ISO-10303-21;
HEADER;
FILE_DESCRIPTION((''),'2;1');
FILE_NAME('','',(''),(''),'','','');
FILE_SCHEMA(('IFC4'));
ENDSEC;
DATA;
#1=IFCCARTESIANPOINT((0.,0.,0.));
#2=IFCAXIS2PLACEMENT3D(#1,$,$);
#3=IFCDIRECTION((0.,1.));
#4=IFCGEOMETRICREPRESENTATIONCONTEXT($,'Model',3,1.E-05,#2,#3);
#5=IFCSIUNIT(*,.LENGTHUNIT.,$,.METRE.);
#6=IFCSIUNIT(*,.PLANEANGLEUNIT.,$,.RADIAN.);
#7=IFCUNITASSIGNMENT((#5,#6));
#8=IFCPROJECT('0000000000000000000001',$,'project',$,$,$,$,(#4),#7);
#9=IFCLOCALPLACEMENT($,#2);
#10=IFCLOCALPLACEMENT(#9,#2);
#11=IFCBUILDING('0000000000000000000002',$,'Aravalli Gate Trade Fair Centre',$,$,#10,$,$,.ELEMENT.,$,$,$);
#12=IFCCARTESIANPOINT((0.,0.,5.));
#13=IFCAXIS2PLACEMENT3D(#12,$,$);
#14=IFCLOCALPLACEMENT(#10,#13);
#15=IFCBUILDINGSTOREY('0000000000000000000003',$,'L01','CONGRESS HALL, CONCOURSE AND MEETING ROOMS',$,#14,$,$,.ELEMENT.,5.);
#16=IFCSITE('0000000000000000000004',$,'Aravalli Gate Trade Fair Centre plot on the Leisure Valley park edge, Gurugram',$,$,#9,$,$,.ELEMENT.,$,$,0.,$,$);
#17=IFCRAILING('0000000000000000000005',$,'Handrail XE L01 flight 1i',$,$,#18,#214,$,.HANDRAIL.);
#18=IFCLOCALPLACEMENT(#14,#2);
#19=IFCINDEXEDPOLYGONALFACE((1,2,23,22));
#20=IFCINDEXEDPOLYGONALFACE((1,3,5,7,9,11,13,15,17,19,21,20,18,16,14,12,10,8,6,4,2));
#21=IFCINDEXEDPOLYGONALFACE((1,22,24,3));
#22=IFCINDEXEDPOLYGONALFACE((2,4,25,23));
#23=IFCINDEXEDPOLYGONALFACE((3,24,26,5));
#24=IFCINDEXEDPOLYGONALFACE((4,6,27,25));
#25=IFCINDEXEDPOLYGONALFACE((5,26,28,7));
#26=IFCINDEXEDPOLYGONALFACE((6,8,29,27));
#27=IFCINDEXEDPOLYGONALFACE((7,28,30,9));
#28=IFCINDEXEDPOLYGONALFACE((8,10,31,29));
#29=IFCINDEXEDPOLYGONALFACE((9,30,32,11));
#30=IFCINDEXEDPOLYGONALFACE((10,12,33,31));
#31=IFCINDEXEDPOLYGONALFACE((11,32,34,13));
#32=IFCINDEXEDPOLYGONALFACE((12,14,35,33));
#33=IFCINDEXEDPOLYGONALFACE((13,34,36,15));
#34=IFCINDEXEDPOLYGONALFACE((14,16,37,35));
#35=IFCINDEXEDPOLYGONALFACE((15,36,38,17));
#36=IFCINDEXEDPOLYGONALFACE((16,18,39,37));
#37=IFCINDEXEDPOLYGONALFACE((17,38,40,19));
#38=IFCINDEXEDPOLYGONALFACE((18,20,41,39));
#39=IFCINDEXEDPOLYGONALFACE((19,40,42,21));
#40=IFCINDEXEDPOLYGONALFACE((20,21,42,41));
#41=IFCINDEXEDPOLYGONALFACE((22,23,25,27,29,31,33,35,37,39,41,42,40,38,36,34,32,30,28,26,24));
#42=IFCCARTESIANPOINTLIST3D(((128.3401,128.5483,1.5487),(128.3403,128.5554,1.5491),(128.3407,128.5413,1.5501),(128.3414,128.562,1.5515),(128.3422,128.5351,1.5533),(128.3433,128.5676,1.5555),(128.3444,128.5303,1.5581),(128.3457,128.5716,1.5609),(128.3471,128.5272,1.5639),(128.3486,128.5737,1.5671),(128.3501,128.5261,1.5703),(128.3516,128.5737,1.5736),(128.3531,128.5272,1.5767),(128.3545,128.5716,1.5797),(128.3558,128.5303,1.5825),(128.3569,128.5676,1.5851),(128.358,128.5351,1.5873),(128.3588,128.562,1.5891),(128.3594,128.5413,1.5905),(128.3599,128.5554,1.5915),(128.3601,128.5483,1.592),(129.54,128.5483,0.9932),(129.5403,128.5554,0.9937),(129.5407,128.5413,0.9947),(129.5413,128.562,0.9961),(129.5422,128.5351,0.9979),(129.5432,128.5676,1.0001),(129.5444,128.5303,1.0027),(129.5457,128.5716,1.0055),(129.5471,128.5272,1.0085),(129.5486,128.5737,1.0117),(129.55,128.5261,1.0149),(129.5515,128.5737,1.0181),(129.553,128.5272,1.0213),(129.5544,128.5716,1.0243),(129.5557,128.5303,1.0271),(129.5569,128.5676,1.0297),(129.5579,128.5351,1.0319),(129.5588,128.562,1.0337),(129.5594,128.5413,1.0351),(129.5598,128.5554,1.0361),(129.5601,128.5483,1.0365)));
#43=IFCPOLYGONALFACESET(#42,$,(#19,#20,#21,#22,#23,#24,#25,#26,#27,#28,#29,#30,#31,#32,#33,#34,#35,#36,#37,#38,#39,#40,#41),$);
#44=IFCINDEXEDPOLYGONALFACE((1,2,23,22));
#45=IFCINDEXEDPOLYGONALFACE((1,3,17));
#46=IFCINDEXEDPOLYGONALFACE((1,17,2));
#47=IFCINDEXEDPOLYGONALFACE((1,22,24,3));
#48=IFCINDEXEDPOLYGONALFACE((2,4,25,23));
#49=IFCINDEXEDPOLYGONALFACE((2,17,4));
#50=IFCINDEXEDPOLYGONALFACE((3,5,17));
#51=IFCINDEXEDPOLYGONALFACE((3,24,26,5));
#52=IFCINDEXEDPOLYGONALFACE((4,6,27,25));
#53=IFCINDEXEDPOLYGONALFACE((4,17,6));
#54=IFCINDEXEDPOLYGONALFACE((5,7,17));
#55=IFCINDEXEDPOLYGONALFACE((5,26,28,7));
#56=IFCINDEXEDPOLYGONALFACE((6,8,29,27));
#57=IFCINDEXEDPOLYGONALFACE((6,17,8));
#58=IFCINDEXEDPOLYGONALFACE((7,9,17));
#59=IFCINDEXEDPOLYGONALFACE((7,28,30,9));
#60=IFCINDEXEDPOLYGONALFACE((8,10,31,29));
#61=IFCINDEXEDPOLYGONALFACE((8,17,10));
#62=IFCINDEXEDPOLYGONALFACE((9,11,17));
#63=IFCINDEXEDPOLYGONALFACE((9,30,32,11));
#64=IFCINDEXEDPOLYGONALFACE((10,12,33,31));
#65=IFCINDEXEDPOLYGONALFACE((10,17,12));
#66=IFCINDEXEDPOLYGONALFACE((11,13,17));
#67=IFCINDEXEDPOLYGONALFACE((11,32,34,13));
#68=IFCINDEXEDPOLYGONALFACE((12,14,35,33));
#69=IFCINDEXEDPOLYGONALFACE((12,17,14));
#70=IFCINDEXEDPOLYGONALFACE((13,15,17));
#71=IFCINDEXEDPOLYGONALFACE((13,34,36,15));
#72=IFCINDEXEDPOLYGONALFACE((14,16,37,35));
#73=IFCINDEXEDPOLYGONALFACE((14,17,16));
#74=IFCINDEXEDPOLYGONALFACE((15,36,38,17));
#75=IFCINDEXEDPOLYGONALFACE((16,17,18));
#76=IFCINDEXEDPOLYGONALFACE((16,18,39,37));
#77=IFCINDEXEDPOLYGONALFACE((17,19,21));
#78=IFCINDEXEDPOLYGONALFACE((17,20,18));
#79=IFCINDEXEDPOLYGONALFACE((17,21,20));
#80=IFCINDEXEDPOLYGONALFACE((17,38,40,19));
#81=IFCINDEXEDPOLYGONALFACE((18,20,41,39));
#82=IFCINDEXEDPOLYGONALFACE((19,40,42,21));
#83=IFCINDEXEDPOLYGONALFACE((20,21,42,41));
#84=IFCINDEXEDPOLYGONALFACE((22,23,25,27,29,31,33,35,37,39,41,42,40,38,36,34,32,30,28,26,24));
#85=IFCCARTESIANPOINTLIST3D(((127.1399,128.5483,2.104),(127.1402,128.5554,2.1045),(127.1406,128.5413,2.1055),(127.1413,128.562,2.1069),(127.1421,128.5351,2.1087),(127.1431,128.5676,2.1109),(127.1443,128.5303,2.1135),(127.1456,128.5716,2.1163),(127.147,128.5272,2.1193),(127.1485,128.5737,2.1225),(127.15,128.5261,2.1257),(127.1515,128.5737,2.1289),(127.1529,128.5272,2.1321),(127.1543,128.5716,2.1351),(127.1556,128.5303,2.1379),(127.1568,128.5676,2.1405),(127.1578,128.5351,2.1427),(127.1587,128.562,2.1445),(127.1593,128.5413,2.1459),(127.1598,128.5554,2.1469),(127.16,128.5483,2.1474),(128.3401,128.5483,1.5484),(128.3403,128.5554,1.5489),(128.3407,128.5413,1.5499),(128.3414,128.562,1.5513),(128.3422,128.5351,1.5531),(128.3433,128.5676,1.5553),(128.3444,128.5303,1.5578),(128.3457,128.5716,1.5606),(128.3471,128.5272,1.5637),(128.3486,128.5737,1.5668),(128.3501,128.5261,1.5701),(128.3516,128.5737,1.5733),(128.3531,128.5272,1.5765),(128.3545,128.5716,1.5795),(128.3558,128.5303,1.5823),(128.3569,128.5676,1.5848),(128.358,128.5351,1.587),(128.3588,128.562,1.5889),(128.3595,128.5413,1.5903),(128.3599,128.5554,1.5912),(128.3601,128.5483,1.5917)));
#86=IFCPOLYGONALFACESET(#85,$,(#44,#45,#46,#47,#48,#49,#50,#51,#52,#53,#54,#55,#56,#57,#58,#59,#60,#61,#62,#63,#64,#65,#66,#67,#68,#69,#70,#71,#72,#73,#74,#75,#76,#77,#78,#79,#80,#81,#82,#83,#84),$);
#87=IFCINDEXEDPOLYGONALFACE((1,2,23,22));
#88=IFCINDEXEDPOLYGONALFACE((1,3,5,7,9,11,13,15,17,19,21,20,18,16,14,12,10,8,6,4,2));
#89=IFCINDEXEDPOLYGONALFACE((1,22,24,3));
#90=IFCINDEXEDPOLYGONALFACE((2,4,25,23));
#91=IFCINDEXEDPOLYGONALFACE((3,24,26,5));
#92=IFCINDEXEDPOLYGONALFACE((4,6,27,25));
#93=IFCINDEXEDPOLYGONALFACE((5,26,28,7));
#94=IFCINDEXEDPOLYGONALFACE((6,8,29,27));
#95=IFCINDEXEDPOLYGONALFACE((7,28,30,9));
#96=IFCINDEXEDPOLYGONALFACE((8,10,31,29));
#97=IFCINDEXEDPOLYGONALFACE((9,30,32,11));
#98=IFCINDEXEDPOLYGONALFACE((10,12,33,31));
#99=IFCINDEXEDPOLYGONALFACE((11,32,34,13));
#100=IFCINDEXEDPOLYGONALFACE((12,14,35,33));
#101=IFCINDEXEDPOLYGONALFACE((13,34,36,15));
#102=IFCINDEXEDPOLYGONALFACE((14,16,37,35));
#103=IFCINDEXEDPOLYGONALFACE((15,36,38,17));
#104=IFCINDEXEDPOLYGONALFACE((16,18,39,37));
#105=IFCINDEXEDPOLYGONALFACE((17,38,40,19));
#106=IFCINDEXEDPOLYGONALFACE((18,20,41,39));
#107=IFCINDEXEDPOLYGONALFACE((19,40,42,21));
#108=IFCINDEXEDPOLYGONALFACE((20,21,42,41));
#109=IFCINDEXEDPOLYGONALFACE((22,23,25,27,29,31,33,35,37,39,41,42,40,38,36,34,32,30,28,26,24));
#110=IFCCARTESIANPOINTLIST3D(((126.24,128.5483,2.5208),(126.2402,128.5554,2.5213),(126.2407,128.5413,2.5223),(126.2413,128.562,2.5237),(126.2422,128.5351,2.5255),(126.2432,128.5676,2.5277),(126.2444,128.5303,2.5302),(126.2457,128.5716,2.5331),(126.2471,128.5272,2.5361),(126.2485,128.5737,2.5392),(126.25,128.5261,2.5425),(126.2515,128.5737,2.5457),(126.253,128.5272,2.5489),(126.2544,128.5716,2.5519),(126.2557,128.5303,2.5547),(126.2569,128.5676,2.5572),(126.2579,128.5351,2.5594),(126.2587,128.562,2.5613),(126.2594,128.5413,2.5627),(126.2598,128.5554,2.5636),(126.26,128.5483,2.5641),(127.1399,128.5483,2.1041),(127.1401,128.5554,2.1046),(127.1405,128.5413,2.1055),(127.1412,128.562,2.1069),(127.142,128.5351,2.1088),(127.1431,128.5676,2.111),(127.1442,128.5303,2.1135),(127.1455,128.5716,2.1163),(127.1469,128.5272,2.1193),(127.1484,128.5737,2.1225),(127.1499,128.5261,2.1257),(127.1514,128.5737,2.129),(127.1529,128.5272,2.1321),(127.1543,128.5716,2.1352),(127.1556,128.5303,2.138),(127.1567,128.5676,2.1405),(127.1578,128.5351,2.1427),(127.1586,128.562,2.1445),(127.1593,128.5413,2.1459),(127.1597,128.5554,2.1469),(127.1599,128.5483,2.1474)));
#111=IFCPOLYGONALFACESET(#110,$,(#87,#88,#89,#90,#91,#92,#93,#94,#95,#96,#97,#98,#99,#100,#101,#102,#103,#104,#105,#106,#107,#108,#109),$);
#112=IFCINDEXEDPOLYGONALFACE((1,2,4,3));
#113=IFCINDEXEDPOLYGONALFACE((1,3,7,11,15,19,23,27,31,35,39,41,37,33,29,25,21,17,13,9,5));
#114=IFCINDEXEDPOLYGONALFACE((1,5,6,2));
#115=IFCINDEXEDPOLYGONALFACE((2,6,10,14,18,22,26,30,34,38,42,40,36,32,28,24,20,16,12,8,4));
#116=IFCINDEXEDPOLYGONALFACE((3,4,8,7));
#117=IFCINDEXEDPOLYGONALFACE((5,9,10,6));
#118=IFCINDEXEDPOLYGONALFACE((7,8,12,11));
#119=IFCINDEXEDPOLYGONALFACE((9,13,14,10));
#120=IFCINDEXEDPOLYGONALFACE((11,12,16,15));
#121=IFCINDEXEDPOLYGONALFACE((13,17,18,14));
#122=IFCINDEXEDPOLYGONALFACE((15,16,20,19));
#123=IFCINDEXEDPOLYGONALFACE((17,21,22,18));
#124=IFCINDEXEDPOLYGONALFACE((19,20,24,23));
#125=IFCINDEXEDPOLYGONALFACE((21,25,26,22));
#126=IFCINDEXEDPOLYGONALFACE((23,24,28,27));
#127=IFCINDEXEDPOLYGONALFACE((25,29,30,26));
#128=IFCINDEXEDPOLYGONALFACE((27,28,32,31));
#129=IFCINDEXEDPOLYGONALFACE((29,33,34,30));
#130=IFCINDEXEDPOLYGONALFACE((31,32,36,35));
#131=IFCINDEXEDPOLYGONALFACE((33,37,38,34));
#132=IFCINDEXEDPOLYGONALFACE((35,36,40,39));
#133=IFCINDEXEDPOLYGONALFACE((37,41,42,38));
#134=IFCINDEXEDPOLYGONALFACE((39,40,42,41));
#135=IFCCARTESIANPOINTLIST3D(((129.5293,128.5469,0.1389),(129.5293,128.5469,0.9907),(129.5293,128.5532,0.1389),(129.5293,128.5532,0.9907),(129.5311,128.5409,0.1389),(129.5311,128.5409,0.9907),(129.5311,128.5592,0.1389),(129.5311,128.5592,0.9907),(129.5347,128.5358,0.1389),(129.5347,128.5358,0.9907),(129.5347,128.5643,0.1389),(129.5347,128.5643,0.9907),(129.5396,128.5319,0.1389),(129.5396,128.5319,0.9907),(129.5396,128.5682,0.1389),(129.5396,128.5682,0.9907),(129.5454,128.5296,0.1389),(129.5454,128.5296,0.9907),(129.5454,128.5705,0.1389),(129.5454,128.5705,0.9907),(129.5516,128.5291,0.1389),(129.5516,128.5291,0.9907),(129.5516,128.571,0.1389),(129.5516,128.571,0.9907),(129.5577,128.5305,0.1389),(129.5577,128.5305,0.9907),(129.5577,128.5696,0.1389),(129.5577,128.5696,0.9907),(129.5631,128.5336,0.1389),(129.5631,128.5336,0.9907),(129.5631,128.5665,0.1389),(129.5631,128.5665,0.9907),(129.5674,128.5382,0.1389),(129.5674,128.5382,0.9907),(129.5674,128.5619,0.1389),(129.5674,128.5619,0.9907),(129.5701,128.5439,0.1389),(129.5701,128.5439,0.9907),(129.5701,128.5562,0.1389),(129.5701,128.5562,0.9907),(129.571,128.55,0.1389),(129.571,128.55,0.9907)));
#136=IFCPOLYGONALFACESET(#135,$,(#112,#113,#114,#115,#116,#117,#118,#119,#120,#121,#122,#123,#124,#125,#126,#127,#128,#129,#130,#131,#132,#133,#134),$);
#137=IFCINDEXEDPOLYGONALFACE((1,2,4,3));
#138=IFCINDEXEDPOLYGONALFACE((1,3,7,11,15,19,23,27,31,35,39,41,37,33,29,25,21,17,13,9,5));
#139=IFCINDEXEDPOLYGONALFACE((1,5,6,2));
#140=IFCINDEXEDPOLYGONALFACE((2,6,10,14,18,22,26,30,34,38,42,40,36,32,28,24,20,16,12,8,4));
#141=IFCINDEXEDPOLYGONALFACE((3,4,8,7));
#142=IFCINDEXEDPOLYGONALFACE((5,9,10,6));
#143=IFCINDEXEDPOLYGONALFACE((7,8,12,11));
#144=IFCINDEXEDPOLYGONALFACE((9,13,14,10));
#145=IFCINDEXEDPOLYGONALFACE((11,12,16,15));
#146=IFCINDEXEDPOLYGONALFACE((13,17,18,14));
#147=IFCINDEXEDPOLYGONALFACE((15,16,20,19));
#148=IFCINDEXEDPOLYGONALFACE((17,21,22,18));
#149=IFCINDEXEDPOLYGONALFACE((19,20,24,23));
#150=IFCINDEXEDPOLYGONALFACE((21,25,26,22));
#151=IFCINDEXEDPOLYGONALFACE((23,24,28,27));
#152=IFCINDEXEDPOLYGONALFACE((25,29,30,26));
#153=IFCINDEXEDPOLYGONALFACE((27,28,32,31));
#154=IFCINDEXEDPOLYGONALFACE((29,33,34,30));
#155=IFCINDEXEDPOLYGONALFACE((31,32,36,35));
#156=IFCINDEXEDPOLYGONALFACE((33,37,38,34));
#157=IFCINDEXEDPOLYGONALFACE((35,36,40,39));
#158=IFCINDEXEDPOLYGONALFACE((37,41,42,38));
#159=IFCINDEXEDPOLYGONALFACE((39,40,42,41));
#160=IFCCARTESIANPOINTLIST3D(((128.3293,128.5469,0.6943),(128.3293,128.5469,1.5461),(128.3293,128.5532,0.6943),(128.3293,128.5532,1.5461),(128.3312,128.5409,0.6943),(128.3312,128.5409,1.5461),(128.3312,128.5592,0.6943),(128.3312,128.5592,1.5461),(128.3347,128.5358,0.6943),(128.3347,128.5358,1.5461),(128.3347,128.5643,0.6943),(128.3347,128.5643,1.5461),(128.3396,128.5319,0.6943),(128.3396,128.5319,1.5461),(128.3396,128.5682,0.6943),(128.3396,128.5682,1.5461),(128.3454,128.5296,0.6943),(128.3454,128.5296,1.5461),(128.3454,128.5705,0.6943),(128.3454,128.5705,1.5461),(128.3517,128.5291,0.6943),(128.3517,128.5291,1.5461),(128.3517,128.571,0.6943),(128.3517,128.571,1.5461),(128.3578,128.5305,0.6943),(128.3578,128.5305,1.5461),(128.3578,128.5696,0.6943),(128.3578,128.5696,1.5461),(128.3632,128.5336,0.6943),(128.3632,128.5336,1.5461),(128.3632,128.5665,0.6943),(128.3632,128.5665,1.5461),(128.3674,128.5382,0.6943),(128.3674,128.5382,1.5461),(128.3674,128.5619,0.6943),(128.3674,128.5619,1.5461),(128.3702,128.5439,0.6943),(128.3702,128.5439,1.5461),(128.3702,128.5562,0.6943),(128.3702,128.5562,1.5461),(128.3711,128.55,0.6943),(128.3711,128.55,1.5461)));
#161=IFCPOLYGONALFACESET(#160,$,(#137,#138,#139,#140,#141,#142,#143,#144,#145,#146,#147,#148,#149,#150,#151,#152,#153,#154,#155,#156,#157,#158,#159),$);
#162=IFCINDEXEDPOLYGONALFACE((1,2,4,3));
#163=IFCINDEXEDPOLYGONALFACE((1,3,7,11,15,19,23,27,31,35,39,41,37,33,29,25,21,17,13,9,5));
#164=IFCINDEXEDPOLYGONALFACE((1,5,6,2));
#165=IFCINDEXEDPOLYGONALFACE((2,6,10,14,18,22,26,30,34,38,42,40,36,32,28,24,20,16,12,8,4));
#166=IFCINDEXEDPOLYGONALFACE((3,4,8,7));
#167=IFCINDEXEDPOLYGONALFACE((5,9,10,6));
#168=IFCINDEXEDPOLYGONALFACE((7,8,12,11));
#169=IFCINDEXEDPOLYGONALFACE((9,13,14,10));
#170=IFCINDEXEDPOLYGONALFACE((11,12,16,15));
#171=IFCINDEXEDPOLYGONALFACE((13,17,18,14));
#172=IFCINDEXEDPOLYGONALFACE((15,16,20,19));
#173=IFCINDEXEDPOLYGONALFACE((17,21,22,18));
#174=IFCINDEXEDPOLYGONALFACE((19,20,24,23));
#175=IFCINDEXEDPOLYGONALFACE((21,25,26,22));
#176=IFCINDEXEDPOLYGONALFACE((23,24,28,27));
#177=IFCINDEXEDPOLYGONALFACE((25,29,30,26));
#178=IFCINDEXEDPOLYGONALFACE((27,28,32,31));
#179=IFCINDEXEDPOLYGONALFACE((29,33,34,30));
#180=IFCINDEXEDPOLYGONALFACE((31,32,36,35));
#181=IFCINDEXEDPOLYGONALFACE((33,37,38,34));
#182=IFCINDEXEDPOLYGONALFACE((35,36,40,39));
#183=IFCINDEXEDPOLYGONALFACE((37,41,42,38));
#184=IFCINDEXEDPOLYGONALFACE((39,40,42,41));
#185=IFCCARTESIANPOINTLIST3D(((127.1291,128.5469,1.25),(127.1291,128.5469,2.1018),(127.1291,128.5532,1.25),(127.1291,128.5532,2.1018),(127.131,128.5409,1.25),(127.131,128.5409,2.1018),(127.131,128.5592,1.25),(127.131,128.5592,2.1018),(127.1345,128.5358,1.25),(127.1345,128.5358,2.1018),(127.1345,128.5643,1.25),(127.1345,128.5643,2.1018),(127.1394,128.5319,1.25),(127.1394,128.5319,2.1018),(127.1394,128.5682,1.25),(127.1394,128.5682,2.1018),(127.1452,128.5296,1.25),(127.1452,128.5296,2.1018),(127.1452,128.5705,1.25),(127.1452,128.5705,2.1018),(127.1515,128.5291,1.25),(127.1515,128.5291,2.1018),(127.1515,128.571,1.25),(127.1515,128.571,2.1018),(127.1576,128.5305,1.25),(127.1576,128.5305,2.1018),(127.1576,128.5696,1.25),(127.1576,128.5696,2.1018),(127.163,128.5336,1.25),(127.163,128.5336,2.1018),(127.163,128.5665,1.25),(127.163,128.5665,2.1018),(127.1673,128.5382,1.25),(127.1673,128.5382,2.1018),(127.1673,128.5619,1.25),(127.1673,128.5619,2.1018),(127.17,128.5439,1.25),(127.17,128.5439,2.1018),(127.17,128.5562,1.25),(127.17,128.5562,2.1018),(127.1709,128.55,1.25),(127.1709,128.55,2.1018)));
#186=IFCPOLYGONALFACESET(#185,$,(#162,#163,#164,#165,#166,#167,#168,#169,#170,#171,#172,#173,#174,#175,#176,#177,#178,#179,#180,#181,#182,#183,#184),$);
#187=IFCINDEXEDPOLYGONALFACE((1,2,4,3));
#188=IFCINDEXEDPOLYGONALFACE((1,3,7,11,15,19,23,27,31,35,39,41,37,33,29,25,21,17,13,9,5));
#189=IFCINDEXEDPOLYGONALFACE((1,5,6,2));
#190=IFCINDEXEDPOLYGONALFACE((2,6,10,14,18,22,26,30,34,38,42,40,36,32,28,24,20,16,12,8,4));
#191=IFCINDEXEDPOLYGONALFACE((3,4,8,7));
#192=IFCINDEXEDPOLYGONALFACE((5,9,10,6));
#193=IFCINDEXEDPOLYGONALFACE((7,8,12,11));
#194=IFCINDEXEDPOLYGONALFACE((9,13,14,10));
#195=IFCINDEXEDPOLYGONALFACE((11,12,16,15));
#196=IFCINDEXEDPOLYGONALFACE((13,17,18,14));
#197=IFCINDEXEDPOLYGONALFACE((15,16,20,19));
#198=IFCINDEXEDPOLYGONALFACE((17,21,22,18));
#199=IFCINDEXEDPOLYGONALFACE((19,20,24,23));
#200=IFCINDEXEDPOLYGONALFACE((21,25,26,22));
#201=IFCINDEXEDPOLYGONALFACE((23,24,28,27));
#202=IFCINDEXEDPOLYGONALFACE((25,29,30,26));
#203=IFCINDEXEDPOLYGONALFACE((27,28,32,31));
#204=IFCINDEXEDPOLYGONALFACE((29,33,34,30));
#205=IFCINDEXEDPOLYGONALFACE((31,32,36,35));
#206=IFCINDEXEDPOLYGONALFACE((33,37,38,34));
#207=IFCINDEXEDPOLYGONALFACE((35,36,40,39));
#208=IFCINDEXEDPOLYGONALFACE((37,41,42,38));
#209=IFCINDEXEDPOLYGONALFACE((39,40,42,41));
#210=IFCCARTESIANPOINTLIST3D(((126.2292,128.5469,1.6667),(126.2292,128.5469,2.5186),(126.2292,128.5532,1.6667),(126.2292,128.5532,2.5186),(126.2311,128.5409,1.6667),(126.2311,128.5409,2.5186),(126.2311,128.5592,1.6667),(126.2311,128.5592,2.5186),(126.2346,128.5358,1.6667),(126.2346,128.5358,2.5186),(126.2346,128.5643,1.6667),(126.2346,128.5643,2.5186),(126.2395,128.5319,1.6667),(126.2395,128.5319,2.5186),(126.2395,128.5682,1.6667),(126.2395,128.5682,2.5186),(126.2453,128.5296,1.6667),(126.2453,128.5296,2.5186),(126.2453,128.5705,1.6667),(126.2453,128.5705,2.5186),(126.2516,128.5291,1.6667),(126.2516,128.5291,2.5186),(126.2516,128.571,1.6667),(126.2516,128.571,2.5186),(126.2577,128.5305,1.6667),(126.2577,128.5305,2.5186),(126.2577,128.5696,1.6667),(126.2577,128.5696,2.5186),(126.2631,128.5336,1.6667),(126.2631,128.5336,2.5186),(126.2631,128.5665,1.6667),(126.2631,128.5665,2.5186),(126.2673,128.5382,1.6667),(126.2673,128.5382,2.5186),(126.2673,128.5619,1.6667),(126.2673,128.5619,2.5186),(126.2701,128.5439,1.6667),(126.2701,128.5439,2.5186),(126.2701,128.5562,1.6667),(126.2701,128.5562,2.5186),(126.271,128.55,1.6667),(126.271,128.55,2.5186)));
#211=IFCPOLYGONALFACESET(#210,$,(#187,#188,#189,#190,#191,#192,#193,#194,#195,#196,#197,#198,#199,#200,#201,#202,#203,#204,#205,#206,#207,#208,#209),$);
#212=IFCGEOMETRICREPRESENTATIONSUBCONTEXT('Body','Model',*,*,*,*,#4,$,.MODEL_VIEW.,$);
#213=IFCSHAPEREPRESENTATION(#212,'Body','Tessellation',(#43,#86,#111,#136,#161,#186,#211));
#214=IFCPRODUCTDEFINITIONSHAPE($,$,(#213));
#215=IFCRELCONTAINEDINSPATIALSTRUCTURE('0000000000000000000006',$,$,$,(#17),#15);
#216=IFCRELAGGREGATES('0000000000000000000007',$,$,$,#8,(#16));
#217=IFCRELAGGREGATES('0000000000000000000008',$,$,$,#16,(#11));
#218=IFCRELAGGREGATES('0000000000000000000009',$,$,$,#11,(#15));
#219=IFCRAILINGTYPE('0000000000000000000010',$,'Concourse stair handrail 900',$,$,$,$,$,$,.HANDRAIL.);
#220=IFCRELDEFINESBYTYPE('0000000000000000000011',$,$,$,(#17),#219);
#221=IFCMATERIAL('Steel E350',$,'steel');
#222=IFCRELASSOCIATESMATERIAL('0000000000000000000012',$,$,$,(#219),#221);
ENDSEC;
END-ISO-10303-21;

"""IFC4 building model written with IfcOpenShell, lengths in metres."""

from ifc_helpers import new_model, si_unit, direction, frame, origin, origin_2d, place, context, subcontext, project, spatial, circle, extrude, material, type_object, element, save


model = new_model("IFC4")

# Units and contexts
model_context = context("Model", 3, precision=1e-05, world=origin(), true_north=direction((0.0, 1.0)))
body_context = subcontext(model_context, "Body", "Model", "MODEL_VIEW")
ifc_project = project(units=[si_unit("LENGTHUNIT", "METRE"), si_unit("PLANEANGLEUNIT", "RADIAN")], contexts=[model_context])

# Site, building, storey
site_placement = place(None, origin())
site = spatial("IfcSite", under=ifc_project, at=site_placement, Name="Aravalli Gate Trade Fair Centre plot on the Leisure Valley park edge, Gurugram", CompositionType="ELEMENT", RefElevation=0.0)
building_placement = place(site_placement, origin())
building = spatial("IfcBuilding", under=site, at=building_placement, Name="Aravalli Gate Trade Fair Centre", CompositionType="ELEMENT")
storey_placement = place(building_placement, frame((0.0, 0.0, 5.0)))
storey = spatial("IfcBuildingStorey", under=building, at=storey_placement, Name="L01", Description="CONGRESS HALL, CONCOURSE AND MEETING ROOMS", CompositionType="ELEMENT", Elevation=5.0)

# Shared definitions
ifc_material_1 = material(Name="Steel E350", Category="steel")

# Railing
railing_type = type_object("IfcRailingType", Name="Concourse stair handrail 900", PredefinedType="HANDRAIL", material=ifc_material_1)
for number, where, name in (
    (1, (129.55, 128.55, 0.1389), "Handrail XE L01 flight 1i"),
):
    element("IfcRailing", number, at=place(storey_placement, frame(where)), inside=storey, type_object=railing_type, Name=name, PredefinedType="HANDRAIL", context=body_context, shape_type="SweptSolid", body=[
        extrude(circle(Radius=0.0239, at=origin_2d()), frame((0.0, 0.0, 0.876), z_axis=(-0.907499, 0.0, 0.420053), x_axis=(0.0, -1.0, 0.0)), (0.0, 0.0, 1.0), 1.3223),
        extrude(circle(Radius=0.0239, at=origin_2d()), frame((-1.2, 0.0, 1.4312), z_axis=(-0.907462, 0.0, 0.420135), x_axis=(0.0, -1.0, 0.0)), (0.0, 0.0, 1.0), 1.3225),
        extrude(circle(Radius=0.0239, at=origin_2d()), frame((-2.4001, 0.0, 1.9868), z_axis=(-0.907418, 0.0, 0.420229), x_axis=(0.0, -1.0, 0.0)), (0.0, 0.0, 1.0), 0.9917),
        extrude(circle(Radius=0.021, at=origin_2d()), origin(), (0.0, 0.0, 1.0), 0.8518),
        extrude(circle(Radius=0.021, at=origin_2d()), frame((-1.2, 0.0, 0.5554)), (0.0, 0.0, 1.0), 0.8518),
        extrude(circle(Radius=0.021, at=origin_2d()), frame((-2.4001, 0.0, 1.1111)), (0.0, 0.0, 1.0), 0.8518),
        extrude(circle(Radius=0.021, at=origin_2d()), frame((-3.3, 0.0, 1.5278)), (0.0, 0.0, 1.0), 0.8518),
    ])

save(model, "model.ifc")
